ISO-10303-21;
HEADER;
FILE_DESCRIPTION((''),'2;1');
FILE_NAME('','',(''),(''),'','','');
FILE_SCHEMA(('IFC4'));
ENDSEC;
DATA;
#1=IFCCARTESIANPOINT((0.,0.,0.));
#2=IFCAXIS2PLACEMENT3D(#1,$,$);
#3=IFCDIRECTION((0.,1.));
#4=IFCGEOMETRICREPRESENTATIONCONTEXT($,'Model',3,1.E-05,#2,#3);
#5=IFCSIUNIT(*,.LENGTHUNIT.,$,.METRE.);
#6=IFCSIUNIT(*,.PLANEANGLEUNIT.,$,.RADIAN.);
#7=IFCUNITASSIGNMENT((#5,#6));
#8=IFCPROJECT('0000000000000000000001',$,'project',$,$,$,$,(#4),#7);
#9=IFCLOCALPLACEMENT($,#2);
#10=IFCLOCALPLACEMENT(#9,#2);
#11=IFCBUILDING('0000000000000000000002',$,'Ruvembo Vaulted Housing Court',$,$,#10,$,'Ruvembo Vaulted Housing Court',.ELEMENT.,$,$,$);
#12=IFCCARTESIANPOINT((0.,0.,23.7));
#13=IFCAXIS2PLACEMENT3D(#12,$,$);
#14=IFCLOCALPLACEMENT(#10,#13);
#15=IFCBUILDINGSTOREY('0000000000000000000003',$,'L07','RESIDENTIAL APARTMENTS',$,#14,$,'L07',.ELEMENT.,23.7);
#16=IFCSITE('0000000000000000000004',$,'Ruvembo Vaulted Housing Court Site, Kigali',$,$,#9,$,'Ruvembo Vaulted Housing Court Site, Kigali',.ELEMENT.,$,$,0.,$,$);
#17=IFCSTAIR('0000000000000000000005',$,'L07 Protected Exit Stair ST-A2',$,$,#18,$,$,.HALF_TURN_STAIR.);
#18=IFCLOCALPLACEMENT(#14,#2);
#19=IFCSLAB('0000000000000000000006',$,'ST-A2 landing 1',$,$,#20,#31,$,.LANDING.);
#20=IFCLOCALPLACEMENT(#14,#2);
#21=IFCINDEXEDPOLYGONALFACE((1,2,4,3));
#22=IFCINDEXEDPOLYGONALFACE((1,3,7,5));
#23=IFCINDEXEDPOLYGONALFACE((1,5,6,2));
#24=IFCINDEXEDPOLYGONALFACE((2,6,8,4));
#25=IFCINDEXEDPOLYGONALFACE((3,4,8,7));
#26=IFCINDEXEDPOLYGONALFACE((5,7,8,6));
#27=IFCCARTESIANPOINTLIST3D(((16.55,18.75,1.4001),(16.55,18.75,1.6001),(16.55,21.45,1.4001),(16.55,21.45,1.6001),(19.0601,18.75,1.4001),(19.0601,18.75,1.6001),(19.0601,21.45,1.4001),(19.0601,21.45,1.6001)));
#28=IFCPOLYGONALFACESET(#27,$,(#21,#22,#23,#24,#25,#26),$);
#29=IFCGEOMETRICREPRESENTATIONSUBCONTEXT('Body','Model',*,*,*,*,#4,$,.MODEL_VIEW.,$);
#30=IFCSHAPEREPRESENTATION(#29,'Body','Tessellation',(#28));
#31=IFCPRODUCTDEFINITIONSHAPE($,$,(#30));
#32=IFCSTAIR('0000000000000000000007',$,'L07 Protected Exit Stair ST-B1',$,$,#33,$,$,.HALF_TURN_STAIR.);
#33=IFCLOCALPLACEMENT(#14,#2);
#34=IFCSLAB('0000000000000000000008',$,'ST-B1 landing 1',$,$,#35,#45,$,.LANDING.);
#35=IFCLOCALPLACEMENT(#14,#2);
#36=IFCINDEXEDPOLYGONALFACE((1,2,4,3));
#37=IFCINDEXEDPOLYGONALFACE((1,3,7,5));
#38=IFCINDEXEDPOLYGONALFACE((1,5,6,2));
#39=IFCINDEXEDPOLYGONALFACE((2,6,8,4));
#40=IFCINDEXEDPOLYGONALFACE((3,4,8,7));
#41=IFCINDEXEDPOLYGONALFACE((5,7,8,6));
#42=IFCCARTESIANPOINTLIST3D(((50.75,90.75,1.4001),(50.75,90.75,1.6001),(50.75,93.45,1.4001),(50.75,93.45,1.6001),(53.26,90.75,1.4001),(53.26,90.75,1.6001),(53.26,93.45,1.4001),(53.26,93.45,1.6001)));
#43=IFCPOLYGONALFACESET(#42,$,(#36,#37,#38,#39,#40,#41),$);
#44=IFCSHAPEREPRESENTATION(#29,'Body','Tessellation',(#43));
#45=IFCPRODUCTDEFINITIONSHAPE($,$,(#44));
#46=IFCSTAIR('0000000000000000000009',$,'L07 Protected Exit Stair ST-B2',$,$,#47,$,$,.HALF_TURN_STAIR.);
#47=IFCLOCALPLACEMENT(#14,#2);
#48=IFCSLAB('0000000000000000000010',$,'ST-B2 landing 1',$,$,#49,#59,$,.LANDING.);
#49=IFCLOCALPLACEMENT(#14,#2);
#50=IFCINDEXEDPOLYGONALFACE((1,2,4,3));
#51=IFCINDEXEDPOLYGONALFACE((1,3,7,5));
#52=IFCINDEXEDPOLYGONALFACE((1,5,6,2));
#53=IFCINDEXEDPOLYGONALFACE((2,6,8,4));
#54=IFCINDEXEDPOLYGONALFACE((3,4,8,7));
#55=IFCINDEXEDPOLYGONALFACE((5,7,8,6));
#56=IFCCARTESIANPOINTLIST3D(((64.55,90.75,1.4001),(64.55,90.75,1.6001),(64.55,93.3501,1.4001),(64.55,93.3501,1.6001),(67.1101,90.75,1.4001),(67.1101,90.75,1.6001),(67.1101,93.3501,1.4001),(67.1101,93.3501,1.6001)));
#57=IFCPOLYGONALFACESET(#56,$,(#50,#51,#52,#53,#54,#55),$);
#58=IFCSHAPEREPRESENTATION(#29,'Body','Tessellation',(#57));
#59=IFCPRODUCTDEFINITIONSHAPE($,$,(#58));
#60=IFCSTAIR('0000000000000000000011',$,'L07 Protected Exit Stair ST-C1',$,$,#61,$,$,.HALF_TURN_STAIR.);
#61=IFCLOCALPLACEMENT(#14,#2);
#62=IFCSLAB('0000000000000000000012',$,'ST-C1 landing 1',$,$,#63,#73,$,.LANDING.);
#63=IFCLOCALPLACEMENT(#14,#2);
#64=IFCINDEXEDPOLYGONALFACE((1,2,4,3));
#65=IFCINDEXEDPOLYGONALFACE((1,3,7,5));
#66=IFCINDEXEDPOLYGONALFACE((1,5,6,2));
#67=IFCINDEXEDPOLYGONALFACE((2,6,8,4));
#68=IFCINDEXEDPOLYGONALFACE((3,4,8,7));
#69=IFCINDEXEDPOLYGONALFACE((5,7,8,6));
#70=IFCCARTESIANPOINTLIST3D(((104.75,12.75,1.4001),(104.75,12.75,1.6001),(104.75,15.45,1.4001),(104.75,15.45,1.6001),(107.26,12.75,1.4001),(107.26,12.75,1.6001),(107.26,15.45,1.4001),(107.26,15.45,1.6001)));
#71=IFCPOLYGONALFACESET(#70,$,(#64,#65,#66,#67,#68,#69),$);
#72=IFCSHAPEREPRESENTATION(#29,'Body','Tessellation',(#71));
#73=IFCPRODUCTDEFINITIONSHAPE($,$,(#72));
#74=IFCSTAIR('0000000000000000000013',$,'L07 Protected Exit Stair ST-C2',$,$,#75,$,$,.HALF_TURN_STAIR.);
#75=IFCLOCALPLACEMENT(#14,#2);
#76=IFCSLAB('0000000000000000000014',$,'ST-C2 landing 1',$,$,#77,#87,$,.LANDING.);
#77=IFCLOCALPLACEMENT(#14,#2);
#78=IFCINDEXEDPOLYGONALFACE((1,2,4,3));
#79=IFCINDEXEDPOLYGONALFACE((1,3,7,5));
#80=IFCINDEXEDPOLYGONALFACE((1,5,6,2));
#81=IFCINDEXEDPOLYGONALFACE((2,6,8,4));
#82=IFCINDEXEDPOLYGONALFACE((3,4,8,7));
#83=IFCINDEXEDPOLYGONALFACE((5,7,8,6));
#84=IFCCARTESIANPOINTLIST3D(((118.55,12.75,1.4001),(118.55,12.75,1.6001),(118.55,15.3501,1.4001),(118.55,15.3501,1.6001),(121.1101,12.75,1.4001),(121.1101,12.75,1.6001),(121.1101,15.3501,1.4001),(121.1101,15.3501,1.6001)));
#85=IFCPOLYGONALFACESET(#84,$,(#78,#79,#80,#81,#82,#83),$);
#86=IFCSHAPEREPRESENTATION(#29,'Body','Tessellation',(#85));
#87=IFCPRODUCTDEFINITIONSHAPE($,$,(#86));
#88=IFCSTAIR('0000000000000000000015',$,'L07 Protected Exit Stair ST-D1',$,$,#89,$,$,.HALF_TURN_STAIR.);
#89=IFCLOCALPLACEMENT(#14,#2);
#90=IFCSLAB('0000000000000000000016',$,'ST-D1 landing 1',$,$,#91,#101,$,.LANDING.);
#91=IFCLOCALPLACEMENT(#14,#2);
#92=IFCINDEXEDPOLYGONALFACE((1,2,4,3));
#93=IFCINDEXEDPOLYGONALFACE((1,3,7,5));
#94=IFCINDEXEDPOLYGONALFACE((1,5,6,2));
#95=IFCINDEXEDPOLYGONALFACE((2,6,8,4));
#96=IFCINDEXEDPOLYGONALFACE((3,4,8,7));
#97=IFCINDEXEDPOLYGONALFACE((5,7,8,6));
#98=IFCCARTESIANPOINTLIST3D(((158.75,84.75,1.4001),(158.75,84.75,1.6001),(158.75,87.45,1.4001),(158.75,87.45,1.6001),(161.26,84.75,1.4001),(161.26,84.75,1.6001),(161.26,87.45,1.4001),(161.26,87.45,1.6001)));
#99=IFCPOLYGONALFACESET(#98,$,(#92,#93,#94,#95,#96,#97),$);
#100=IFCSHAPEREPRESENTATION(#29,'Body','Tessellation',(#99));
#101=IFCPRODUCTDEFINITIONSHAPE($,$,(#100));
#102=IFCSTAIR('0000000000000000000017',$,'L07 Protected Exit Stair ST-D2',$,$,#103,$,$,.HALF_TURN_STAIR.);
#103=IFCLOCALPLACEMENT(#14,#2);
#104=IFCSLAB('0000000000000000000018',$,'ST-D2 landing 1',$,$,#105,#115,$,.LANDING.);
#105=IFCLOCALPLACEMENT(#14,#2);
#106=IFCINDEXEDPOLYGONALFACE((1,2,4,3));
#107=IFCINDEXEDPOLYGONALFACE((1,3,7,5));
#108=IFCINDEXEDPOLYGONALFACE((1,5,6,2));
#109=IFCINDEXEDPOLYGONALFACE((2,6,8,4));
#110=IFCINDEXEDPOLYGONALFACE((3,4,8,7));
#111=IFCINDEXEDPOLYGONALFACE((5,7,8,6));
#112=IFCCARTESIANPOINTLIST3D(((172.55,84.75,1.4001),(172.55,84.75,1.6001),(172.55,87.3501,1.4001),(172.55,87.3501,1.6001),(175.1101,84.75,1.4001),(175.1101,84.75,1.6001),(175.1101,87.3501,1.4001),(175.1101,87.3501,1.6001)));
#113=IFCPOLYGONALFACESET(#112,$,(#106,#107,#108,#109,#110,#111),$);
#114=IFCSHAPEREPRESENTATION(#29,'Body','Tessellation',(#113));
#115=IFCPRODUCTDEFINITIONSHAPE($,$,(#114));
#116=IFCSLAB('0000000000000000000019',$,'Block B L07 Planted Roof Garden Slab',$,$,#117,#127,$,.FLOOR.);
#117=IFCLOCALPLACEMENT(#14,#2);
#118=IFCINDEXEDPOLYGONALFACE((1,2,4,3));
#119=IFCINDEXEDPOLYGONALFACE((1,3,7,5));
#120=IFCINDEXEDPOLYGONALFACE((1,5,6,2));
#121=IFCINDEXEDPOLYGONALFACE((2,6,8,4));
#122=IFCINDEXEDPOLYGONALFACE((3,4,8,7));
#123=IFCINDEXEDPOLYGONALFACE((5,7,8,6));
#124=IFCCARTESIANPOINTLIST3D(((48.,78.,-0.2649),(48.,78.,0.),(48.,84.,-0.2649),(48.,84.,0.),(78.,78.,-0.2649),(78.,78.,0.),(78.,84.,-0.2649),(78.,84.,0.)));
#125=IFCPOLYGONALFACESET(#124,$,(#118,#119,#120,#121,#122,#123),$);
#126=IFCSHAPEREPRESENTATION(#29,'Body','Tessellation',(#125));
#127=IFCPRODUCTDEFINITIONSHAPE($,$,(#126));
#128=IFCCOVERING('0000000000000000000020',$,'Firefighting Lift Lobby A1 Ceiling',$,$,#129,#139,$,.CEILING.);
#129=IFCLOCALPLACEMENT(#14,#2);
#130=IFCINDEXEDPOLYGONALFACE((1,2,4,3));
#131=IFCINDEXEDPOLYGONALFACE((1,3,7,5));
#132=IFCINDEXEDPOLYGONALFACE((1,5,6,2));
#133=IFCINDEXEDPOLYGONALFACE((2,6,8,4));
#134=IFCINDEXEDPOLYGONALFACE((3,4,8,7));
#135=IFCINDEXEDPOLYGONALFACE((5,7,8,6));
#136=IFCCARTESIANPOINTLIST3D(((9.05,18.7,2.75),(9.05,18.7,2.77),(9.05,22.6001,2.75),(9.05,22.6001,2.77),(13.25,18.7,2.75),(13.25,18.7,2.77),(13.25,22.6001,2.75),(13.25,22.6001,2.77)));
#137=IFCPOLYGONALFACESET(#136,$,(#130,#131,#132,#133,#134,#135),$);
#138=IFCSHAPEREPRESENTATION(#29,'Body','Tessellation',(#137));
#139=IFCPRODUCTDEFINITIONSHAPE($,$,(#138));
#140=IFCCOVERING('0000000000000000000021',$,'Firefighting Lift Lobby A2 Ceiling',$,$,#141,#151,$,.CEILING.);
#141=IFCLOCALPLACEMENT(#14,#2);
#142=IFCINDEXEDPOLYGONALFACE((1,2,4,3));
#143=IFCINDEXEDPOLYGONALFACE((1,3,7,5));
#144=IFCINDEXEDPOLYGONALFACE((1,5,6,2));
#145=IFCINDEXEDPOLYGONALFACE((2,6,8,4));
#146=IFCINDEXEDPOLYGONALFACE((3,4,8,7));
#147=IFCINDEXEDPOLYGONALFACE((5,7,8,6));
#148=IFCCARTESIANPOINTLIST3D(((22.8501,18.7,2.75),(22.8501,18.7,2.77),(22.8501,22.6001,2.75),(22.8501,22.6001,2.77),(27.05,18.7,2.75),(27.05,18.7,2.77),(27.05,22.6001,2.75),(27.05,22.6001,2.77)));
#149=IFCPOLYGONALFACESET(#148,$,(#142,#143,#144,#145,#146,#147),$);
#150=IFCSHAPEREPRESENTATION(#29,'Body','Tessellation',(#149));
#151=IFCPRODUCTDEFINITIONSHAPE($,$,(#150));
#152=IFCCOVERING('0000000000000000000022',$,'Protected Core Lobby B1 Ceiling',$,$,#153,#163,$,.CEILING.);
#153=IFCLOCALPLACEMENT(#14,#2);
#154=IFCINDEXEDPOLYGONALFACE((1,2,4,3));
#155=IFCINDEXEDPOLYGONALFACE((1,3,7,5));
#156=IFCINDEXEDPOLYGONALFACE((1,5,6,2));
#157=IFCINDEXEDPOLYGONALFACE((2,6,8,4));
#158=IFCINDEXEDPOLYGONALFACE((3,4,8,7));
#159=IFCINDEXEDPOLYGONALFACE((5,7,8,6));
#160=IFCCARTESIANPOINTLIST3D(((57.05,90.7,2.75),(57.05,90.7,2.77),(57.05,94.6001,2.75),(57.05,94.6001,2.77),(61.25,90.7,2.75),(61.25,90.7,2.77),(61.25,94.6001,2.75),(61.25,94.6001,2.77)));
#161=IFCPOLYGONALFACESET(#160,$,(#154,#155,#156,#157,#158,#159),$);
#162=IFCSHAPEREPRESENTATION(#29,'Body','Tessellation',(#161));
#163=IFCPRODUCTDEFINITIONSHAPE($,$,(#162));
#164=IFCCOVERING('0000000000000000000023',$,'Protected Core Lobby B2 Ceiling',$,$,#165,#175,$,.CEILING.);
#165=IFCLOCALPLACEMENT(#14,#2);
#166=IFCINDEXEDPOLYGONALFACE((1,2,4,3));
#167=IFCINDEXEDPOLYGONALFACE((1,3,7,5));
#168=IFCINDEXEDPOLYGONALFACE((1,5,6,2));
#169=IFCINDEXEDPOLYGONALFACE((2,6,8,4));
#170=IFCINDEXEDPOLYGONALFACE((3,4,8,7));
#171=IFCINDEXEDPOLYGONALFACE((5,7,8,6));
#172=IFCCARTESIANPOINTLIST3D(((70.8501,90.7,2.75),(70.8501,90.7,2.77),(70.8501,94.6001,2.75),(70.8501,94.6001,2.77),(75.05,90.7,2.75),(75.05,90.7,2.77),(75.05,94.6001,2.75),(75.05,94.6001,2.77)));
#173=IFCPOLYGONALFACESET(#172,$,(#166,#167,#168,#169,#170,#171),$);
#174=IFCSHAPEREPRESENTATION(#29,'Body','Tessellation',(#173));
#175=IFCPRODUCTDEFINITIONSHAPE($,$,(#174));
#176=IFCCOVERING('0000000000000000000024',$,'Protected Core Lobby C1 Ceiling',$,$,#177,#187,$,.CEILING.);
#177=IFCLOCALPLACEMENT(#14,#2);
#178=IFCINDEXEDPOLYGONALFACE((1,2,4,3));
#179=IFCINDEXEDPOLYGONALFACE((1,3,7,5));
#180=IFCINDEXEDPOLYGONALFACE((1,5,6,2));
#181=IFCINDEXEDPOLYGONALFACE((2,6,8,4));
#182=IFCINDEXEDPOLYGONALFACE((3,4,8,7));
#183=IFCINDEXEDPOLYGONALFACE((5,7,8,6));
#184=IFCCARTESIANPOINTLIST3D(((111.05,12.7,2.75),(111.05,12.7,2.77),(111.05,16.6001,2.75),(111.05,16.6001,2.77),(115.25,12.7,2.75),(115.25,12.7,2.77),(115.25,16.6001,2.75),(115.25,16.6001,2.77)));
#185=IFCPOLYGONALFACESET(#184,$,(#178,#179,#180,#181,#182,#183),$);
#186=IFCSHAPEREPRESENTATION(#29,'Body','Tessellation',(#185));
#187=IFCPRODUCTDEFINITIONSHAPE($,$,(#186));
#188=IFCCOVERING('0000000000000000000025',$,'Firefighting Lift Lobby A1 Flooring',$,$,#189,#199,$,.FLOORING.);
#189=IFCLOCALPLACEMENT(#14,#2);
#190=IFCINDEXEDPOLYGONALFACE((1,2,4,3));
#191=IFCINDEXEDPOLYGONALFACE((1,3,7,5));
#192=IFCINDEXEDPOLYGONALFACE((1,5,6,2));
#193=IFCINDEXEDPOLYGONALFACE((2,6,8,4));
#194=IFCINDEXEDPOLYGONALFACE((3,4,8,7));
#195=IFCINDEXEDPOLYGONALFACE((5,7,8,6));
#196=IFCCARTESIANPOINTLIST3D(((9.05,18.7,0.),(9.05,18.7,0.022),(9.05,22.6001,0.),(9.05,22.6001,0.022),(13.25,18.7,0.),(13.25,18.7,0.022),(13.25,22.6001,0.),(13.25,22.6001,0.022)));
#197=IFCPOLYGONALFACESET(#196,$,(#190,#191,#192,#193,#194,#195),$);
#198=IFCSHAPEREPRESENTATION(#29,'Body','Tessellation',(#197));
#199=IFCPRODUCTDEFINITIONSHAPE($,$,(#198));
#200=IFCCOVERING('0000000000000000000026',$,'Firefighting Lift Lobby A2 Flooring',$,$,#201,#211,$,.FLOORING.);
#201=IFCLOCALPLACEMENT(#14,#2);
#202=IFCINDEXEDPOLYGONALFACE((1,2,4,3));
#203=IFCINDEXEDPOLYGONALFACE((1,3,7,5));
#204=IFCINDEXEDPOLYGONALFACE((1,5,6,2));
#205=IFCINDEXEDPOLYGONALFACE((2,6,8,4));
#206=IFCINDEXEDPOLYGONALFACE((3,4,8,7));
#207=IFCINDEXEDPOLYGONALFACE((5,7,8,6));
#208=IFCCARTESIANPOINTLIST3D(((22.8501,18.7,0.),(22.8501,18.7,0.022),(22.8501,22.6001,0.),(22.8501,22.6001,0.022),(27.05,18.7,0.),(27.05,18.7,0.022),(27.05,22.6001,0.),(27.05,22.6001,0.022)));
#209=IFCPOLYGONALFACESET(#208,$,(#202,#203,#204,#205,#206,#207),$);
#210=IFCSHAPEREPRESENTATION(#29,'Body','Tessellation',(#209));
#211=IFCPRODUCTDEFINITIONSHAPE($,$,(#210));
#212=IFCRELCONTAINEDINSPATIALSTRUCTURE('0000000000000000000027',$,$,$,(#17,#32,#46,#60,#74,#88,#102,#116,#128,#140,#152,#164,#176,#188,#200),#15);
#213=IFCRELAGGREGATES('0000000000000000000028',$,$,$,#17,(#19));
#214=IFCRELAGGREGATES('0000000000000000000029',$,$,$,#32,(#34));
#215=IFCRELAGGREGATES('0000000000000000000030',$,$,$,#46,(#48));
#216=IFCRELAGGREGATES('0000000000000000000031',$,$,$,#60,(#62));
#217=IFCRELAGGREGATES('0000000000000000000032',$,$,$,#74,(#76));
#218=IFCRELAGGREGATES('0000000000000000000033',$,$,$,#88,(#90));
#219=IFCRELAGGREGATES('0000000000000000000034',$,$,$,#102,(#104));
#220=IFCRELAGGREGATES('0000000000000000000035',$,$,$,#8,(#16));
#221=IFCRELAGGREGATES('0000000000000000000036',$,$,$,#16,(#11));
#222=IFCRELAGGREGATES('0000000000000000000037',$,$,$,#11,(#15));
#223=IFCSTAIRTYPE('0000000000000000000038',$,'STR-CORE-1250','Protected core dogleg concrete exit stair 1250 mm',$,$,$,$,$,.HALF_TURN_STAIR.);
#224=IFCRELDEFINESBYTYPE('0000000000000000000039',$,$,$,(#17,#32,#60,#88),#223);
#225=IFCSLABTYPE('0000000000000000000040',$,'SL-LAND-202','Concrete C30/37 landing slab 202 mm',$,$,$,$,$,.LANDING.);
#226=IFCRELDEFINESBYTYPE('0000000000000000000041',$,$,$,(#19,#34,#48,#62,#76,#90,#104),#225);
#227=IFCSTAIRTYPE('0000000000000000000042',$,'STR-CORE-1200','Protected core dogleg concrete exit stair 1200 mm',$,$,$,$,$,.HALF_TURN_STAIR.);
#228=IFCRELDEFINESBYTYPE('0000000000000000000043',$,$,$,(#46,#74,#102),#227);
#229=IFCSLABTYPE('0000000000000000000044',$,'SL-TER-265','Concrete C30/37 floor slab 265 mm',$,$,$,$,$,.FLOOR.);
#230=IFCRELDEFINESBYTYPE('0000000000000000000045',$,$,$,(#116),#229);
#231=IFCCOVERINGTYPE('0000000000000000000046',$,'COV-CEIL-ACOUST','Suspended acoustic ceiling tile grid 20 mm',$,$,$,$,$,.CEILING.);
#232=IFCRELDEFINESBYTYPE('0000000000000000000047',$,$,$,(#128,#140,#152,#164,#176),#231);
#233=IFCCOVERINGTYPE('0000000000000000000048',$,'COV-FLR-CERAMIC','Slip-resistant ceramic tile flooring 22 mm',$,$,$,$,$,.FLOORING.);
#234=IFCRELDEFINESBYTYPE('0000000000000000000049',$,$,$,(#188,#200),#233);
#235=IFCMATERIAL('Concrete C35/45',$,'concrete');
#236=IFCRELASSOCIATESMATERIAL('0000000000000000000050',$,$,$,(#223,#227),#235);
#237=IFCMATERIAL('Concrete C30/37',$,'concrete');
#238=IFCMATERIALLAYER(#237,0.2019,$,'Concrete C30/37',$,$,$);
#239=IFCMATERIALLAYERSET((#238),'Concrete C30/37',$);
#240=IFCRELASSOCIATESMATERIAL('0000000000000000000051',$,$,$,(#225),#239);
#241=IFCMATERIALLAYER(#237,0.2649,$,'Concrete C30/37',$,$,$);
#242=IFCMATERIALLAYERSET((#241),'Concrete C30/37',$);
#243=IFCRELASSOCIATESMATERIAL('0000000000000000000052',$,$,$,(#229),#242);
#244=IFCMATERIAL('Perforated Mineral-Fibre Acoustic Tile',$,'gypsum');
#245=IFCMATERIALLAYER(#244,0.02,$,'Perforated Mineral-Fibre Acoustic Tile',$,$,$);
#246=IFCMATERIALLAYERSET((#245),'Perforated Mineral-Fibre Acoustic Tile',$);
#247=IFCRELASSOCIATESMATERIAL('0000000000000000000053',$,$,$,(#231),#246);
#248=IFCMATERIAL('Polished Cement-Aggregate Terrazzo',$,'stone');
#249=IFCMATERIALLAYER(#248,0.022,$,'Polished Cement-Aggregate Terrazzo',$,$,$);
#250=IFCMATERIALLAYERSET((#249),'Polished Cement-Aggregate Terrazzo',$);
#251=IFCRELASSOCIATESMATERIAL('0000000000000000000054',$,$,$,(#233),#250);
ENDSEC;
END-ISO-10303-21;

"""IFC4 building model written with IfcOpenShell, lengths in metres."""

from ifc_helpers import new_model, si_unit, direction, frame, origin, place, context, subcontext, project, spatial, polyline, outline, extrude, material, layer, layer_set, type_object, element, aggregate, save


model = new_model("IFC4")

# Units and contexts
model_context = context("Model", 3, precision=1e-05, world=origin(), true_north=direction((0.0, 1.0)))
body_context = subcontext(model_context, "Body", "Model", "MODEL_VIEW")
ifc_project = project(units=[si_unit("LENGTHUNIT", "METRE"), si_unit("PLANEANGLEUNIT", "RADIAN")], contexts=[model_context])

# Site, building, storey
site_placement = place(None, origin())
site = spatial("IfcSite", under=ifc_project, at=site_placement, Name="Ruvembo Vaulted Housing Court Site, Kigali", LongName="Ruvembo Vaulted Housing Court Site, Kigali", CompositionType="ELEMENT", RefElevation=0.0)
building_placement = place(site_placement, origin())
building = spatial("IfcBuilding", under=site, at=building_placement, Name="Ruvembo Vaulted Housing Court", LongName="Ruvembo Vaulted Housing Court", CompositionType="ELEMENT")
storey_placement = place(building_placement, frame((0.0, 0.0, 23.7)))
storey = spatial("IfcBuildingStorey", under=building, at=storey_placement, Name="L07", Description="RESIDENTIAL APARTMENTS", LongName="L07", CompositionType="ELEMENT", Elevation=23.7)

# Shared definitions
ifc_material_1 = material(Name="Concrete C30/37", Category="concrete")

# Stairs, slabs
ifc_material_2 = material(Name="Concrete C35/45", Category="concrete")
stair_type_1 = type_object("IfcStairType", Name="STR-CORE-1250", Description="Protected core dogleg concrete exit stair 1250 mm", PredefinedType="HALF_TURN_STAIR", material=ifc_material_2)
ifc_layer_1 = layer(ifc_material_1, 0.2019, Name="Concrete C30/37")
ifc_layer_set_1 = layer_set([ifc_layer_1], Name="Concrete C30/37")
slab_type_1 = type_object("IfcSlabType", Name="SL-LAND-202", Description="Concrete C30/37 landing slab 202 mm", PredefinedType="LANDING", material=ifc_layer_set_1)
stair_1_placement = place(storey_placement, origin())
stair_1 = element("IfcStair", 1, at=stair_1_placement, inside=storey, type_object=stair_type_1, Name="L07 Protected Exit Stair ST-A2", PredefinedType="HALF_TURN_STAIR")
slab_1_placement = place(storey_placement, frame((0.0, 0.0, 1.4001)))
slab_1 = element("IfcSlab", 2, at=slab_1_placement, type_object=slab_type_1, Name="ST-A2 landing 1", PredefinedType="LANDING", context=body_context, shape_type="SweptSolid", body=[
    extrude(outline(polyline([(19.0601, 21.45), (16.55, 21.45), (16.55, 18.75), (19.0601, 18.75), (19.0601, 21.45)])), origin(), (0.0, 0.0, 1.0), 0.2),
])
aggregate(stair_1, [slab_1])
stair_2_placement = place(storey_placement, origin())
stair_2 = element("IfcStair", 3, at=stair_2_placement, inside=storey, type_object=stair_type_1, Name="L07 Protected Exit Stair ST-B1", PredefinedType="HALF_TURN_STAIR")
slab_2_placement = place(storey_placement, frame((0.0, 0.0, 1.4001)))
slab_2 = element("IfcSlab", 4, at=slab_2_placement, type_object=slab_type_1, Name="ST-B1 landing 1", PredefinedType="LANDING", context=body_context, shape_type="SweptSolid", body=[
    extrude(outline(polyline([(53.26, 93.45), (50.75, 93.45), (50.75, 90.75), (53.26, 90.75), (53.26, 93.45)])), origin(), (0.0, 0.0, 1.0), 0.2),
])
aggregate(stair_2, [slab_2])
stair_type_2 = type_object("IfcStairType", Name="STR-CORE-1200", Description="Protected core dogleg concrete exit stair 1200 mm", PredefinedType="HALF_TURN_STAIR", material=ifc_material_2)
stair_3_placement = place(storey_placement, origin())
stair_3 = element("IfcStair", 5, at=stair_3_placement, inside=storey, type_object=stair_type_2, Name="L07 Protected Exit Stair ST-B2", PredefinedType="HALF_TURN_STAIR")
slab_3_placement = place(storey_placement, frame((0.0, 0.0, 1.4001)))
slab_3 = element("IfcSlab", 6, at=slab_3_placement, type_object=slab_type_1, Name="ST-B2 landing 1", PredefinedType="LANDING", context=body_context, shape_type="SweptSolid", body=[
    extrude(outline(polyline([(67.1101, 93.3501), (64.55, 93.3501), (64.55, 90.75), (67.1101, 90.75), (67.1101, 93.3501)])), origin(), (0.0, 0.0, 1.0), 0.2),
])
aggregate(stair_3, [slab_3])
stair_4_placement = place(storey_placement, origin())
stair_4 = element("IfcStair", 7, at=stair_4_placement, inside=storey, type_object=stair_type_1, Name="L07 Protected Exit Stair ST-C1", PredefinedType="HALF_TURN_STAIR")
slab_4_placement = place(storey_placement, frame((0.0, 0.0, 1.4001)))
slab_4 = element("IfcSlab", 8, at=slab_4_placement, type_object=slab_type_1, Name="ST-C1 landing 1", PredefinedType="LANDING", context=body_context, shape_type="SweptSolid", body=[
    extrude(outline(polyline([(107.26, 15.45), (104.75, 15.45), (104.75, 12.75), (107.26, 12.75), (107.26, 15.45)])), origin(), (0.0, 0.0, 1.0), 0.2),
])
aggregate(stair_4, [slab_4])
stair_5_placement = place(storey_placement, origin())
stair_5 = element("IfcStair", 9, at=stair_5_placement, inside=storey, type_object=stair_type_2, Name="L07 Protected Exit Stair ST-C2", PredefinedType="HALF_TURN_STAIR")
slab_5_placement = place(storey_placement, frame((0.0, 0.0, 1.4001)))
slab_5 = element("IfcSlab", 10, at=slab_5_placement, type_object=slab_type_1, Name="ST-C2 landing 1", PredefinedType="LANDING", context=body_context, shape_type="SweptSolid", body=[
    extrude(outline(polyline([(121.1101, 15.3501), (118.55, 15.3501), (118.55, 12.75), (121.1101, 12.75), (121.1101, 15.3501)])), origin(), (0.0, 0.0, 1.0), 0.2),
])
aggregate(stair_5, [slab_5])
stair_6_placement = place(storey_placement, origin())
stair_6 = element("IfcStair", 11, at=stair_6_placement, inside=storey, type_object=stair_type_1, Name="L07 Protected Exit Stair ST-D1", PredefinedType="HALF_TURN_STAIR")
slab_6_placement = place(storey_placement, frame((0.0, 0.0, 1.4001)))
slab_6 = element("IfcSlab", 12, at=slab_6_placement, type_object=slab_type_1, Name="ST-D1 landing 1", PredefinedType="LANDING", context=body_context, shape_type="SweptSolid", body=[
    extrude(outline(polyline([(161.26, 87.45), (158.75, 87.45), (158.75, 84.75), (161.26, 84.75), (161.26, 87.45)])), origin(), (0.0, 0.0, 1.0), 0.2),
])
aggregate(stair_6, [slab_6])
stair_7_placement = place(storey_placement, origin())
stair_7 = element("IfcStair", 13, at=stair_7_placement, inside=storey, type_object=stair_type_2, Name="L07 Protected Exit Stair ST-D2", PredefinedType="HALF_TURN_STAIR")
slab_7_placement = place(storey_placement, frame((0.0, 0.0, 1.4001)))
slab_7 = element("IfcSlab", 14, at=slab_7_placement, type_object=slab_type_1, Name="ST-D2 landing 1", PredefinedType="LANDING", context=body_context, shape_type="SweptSolid", body=[
    extrude(outline(polyline([(175.1101, 87.3501), (172.55, 87.3501), (172.55, 84.75), (175.1101, 84.75), (175.1101, 87.3501)])), origin(), (0.0, 0.0, 1.0), 0.2),
])
aggregate(stair_7, [slab_7])

# Slab
ifc_layer_2 = layer(ifc_material_1, 0.2649, Name="Concrete C30/37")
ifc_layer_set_2 = layer_set([ifc_layer_2], Name="Concrete C30/37")
slab_type_2 = type_object("IfcSlabType", Name="SL-TER-265", Description="Concrete C30/37 floor slab 265 mm", PredefinedType="FLOOR", material=ifc_layer_set_2)
slab_8_placement = place(storey_placement, frame((0.0, 0.0, -0.2649)))
element("IfcSlab", 15, at=slab_8_placement, inside=storey, type_object=slab_type_2, Name="Block B L07 Planted Roof Garden Slab", PredefinedType="FLOOR", context=body_context, shape_type="SweptSolid", body=[
    extrude(outline(polyline([(48.0, 78.0), (78.0, 78.0), (78.0, 84.0), (48.0, 84.0), (48.0, 78.0)])), origin(), (0.0, 0.0, 1.0), 0.2649),
])

# Coverings
ifc_material_3 = material(Name="Perforated Mineral-Fibre Acoustic Tile", Category="gypsum")
ifc_layer_3 = layer(ifc_material_3, 0.02, Name="Perforated Mineral-Fibre Acoustic Tile")
ifc_layer_set_3 = layer_set([ifc_layer_3], Name="Perforated Mineral-Fibre Acoustic Tile")
covering_type_1 = type_object("IfcCoveringType", Name="COV-CEIL-ACOUST", Description="Suspended acoustic ceiling tile grid 20 mm", PredefinedType="CEILING", material=ifc_layer_set_3)
covering_1_placement = place(storey_placement, frame((0.0, 0.0, 2.75)))
element("IfcCovering", 16, at=covering_1_placement, inside=storey, type_object=covering_type_1, Name="Firefighting Lift Lobby A1 Ceiling", PredefinedType="CEILING", context=body_context, shape_type="SweptSolid", body=[
    extrude(outline(polyline([(13.25, 22.6001), (9.05, 22.6001), (9.05, 18.7), (13.25, 18.7), (13.25, 22.6001)])), origin(), (0.0, 0.0, 1.0), 0.02),
])
covering_2_placement = place(storey_placement, frame((0.0, 0.0, 2.75)))
element("IfcCovering", 17, at=covering_2_placement, inside=storey, type_object=covering_type_1, Name="Firefighting Lift Lobby A2 Ceiling", PredefinedType="CEILING", context=body_context, shape_type="SweptSolid", body=[
    extrude(outline(polyline([(27.05, 22.6001), (22.8501, 22.6001), (22.8501, 18.7), (27.05, 18.7), (27.05, 22.6001)])), origin(), (0.0, 0.0, 1.0), 0.02),
])
covering_3_placement = place(storey_placement, frame((0.0, 0.0, 2.75)))
element("IfcCovering", 18, at=covering_3_placement, inside=storey, type_object=covering_type_1, Name="Protected Core Lobby B1 Ceiling", PredefinedType="CEILING", context=body_context, shape_type="SweptSolid", body=[
    extrude(outline(polyline([(61.25, 94.6001), (57.05, 94.6001), (57.05, 90.7), (61.25, 90.7), (61.25, 94.6001)])), origin(), (0.0, 0.0, 1.0), 0.02),
])
covering_4_placement = place(storey_placement, frame((0.0, 0.0, 2.75)))
element("IfcCovering", 19, at=covering_4_placement, inside=storey, type_object=covering_type_1, Name="Protected Core Lobby B2 Ceiling", PredefinedType="CEILING", context=body_context, shape_type="SweptSolid", body=[
    extrude(outline(polyline([(75.05, 94.6001), (70.8501, 94.6001), (70.8501, 90.7), (75.05, 90.7), (75.05, 94.6001)])), origin(), (0.0, 0.0, 1.0), 0.02),
])
covering_5_placement = place(storey_placement, frame((0.0, 0.0, 2.75)))
element("IfcCovering", 20, at=covering_5_placement, inside=storey, type_object=covering_type_1, Name="Protected Core Lobby C1 Ceiling", PredefinedType="CEILING", context=body_context, shape_type="SweptSolid", body=[
    extrude(outline(polyline([(115.25, 16.6001), (111.05, 16.6001), (111.05, 12.7), (115.25, 12.7), (115.25, 16.6001)])), origin(), (0.0, 0.0, 1.0), 0.02),
])
ifc_material_4 = material(Name="Polished Cement-Aggregate Terrazzo", Category="stone")
ifc_layer_4 = layer(ifc_material_4, 0.022, Name="Polished Cement-Aggregate Terrazzo")
ifc_layer_set_4 = layer_set([ifc_layer_4], Name="Polished Cement-Aggregate Terrazzo")
covering_type_2 = type_object("IfcCoveringType", Name="COV-FLR-CERAMIC", Description="Slip-resistant ceramic tile flooring 22 mm", PredefinedType="FLOORING", material=ifc_layer_set_4)
covering_6_placement = place(storey_placement, origin())
element("IfcCovering", 21, at=covering_6_placement, inside=storey, type_object=covering_type_2, Name="Firefighting Lift Lobby A1 Flooring", PredefinedType="FLOORING", context=body_context, shape_type="SweptSolid", body=[
    extrude(outline(polyline([(13.25, 22.6001), (9.05, 22.6001), (9.05, 18.7), (13.25, 18.7), (13.25, 22.6001)])), origin(), (0.0, 0.0, 1.0), 0.022),
])
covering_7_placement = place(storey_placement, origin())
element("IfcCovering", 22, at=covering_7_placement, inside=storey, type_object=covering_type_2, Name="Firefighting Lift Lobby A2 Flooring", PredefinedType="FLOORING", context=body_context, shape_type="SweptSolid", body=[
    extrude(outline(polyline([(27.05, 22.6001), (22.8501, 22.6001), (22.8501, 18.7), (27.05, 18.7), (27.05, 22.6001)])), origin(), (0.0, 0.0, 1.0), 0.022),
])

save(model, "model.ifc")
